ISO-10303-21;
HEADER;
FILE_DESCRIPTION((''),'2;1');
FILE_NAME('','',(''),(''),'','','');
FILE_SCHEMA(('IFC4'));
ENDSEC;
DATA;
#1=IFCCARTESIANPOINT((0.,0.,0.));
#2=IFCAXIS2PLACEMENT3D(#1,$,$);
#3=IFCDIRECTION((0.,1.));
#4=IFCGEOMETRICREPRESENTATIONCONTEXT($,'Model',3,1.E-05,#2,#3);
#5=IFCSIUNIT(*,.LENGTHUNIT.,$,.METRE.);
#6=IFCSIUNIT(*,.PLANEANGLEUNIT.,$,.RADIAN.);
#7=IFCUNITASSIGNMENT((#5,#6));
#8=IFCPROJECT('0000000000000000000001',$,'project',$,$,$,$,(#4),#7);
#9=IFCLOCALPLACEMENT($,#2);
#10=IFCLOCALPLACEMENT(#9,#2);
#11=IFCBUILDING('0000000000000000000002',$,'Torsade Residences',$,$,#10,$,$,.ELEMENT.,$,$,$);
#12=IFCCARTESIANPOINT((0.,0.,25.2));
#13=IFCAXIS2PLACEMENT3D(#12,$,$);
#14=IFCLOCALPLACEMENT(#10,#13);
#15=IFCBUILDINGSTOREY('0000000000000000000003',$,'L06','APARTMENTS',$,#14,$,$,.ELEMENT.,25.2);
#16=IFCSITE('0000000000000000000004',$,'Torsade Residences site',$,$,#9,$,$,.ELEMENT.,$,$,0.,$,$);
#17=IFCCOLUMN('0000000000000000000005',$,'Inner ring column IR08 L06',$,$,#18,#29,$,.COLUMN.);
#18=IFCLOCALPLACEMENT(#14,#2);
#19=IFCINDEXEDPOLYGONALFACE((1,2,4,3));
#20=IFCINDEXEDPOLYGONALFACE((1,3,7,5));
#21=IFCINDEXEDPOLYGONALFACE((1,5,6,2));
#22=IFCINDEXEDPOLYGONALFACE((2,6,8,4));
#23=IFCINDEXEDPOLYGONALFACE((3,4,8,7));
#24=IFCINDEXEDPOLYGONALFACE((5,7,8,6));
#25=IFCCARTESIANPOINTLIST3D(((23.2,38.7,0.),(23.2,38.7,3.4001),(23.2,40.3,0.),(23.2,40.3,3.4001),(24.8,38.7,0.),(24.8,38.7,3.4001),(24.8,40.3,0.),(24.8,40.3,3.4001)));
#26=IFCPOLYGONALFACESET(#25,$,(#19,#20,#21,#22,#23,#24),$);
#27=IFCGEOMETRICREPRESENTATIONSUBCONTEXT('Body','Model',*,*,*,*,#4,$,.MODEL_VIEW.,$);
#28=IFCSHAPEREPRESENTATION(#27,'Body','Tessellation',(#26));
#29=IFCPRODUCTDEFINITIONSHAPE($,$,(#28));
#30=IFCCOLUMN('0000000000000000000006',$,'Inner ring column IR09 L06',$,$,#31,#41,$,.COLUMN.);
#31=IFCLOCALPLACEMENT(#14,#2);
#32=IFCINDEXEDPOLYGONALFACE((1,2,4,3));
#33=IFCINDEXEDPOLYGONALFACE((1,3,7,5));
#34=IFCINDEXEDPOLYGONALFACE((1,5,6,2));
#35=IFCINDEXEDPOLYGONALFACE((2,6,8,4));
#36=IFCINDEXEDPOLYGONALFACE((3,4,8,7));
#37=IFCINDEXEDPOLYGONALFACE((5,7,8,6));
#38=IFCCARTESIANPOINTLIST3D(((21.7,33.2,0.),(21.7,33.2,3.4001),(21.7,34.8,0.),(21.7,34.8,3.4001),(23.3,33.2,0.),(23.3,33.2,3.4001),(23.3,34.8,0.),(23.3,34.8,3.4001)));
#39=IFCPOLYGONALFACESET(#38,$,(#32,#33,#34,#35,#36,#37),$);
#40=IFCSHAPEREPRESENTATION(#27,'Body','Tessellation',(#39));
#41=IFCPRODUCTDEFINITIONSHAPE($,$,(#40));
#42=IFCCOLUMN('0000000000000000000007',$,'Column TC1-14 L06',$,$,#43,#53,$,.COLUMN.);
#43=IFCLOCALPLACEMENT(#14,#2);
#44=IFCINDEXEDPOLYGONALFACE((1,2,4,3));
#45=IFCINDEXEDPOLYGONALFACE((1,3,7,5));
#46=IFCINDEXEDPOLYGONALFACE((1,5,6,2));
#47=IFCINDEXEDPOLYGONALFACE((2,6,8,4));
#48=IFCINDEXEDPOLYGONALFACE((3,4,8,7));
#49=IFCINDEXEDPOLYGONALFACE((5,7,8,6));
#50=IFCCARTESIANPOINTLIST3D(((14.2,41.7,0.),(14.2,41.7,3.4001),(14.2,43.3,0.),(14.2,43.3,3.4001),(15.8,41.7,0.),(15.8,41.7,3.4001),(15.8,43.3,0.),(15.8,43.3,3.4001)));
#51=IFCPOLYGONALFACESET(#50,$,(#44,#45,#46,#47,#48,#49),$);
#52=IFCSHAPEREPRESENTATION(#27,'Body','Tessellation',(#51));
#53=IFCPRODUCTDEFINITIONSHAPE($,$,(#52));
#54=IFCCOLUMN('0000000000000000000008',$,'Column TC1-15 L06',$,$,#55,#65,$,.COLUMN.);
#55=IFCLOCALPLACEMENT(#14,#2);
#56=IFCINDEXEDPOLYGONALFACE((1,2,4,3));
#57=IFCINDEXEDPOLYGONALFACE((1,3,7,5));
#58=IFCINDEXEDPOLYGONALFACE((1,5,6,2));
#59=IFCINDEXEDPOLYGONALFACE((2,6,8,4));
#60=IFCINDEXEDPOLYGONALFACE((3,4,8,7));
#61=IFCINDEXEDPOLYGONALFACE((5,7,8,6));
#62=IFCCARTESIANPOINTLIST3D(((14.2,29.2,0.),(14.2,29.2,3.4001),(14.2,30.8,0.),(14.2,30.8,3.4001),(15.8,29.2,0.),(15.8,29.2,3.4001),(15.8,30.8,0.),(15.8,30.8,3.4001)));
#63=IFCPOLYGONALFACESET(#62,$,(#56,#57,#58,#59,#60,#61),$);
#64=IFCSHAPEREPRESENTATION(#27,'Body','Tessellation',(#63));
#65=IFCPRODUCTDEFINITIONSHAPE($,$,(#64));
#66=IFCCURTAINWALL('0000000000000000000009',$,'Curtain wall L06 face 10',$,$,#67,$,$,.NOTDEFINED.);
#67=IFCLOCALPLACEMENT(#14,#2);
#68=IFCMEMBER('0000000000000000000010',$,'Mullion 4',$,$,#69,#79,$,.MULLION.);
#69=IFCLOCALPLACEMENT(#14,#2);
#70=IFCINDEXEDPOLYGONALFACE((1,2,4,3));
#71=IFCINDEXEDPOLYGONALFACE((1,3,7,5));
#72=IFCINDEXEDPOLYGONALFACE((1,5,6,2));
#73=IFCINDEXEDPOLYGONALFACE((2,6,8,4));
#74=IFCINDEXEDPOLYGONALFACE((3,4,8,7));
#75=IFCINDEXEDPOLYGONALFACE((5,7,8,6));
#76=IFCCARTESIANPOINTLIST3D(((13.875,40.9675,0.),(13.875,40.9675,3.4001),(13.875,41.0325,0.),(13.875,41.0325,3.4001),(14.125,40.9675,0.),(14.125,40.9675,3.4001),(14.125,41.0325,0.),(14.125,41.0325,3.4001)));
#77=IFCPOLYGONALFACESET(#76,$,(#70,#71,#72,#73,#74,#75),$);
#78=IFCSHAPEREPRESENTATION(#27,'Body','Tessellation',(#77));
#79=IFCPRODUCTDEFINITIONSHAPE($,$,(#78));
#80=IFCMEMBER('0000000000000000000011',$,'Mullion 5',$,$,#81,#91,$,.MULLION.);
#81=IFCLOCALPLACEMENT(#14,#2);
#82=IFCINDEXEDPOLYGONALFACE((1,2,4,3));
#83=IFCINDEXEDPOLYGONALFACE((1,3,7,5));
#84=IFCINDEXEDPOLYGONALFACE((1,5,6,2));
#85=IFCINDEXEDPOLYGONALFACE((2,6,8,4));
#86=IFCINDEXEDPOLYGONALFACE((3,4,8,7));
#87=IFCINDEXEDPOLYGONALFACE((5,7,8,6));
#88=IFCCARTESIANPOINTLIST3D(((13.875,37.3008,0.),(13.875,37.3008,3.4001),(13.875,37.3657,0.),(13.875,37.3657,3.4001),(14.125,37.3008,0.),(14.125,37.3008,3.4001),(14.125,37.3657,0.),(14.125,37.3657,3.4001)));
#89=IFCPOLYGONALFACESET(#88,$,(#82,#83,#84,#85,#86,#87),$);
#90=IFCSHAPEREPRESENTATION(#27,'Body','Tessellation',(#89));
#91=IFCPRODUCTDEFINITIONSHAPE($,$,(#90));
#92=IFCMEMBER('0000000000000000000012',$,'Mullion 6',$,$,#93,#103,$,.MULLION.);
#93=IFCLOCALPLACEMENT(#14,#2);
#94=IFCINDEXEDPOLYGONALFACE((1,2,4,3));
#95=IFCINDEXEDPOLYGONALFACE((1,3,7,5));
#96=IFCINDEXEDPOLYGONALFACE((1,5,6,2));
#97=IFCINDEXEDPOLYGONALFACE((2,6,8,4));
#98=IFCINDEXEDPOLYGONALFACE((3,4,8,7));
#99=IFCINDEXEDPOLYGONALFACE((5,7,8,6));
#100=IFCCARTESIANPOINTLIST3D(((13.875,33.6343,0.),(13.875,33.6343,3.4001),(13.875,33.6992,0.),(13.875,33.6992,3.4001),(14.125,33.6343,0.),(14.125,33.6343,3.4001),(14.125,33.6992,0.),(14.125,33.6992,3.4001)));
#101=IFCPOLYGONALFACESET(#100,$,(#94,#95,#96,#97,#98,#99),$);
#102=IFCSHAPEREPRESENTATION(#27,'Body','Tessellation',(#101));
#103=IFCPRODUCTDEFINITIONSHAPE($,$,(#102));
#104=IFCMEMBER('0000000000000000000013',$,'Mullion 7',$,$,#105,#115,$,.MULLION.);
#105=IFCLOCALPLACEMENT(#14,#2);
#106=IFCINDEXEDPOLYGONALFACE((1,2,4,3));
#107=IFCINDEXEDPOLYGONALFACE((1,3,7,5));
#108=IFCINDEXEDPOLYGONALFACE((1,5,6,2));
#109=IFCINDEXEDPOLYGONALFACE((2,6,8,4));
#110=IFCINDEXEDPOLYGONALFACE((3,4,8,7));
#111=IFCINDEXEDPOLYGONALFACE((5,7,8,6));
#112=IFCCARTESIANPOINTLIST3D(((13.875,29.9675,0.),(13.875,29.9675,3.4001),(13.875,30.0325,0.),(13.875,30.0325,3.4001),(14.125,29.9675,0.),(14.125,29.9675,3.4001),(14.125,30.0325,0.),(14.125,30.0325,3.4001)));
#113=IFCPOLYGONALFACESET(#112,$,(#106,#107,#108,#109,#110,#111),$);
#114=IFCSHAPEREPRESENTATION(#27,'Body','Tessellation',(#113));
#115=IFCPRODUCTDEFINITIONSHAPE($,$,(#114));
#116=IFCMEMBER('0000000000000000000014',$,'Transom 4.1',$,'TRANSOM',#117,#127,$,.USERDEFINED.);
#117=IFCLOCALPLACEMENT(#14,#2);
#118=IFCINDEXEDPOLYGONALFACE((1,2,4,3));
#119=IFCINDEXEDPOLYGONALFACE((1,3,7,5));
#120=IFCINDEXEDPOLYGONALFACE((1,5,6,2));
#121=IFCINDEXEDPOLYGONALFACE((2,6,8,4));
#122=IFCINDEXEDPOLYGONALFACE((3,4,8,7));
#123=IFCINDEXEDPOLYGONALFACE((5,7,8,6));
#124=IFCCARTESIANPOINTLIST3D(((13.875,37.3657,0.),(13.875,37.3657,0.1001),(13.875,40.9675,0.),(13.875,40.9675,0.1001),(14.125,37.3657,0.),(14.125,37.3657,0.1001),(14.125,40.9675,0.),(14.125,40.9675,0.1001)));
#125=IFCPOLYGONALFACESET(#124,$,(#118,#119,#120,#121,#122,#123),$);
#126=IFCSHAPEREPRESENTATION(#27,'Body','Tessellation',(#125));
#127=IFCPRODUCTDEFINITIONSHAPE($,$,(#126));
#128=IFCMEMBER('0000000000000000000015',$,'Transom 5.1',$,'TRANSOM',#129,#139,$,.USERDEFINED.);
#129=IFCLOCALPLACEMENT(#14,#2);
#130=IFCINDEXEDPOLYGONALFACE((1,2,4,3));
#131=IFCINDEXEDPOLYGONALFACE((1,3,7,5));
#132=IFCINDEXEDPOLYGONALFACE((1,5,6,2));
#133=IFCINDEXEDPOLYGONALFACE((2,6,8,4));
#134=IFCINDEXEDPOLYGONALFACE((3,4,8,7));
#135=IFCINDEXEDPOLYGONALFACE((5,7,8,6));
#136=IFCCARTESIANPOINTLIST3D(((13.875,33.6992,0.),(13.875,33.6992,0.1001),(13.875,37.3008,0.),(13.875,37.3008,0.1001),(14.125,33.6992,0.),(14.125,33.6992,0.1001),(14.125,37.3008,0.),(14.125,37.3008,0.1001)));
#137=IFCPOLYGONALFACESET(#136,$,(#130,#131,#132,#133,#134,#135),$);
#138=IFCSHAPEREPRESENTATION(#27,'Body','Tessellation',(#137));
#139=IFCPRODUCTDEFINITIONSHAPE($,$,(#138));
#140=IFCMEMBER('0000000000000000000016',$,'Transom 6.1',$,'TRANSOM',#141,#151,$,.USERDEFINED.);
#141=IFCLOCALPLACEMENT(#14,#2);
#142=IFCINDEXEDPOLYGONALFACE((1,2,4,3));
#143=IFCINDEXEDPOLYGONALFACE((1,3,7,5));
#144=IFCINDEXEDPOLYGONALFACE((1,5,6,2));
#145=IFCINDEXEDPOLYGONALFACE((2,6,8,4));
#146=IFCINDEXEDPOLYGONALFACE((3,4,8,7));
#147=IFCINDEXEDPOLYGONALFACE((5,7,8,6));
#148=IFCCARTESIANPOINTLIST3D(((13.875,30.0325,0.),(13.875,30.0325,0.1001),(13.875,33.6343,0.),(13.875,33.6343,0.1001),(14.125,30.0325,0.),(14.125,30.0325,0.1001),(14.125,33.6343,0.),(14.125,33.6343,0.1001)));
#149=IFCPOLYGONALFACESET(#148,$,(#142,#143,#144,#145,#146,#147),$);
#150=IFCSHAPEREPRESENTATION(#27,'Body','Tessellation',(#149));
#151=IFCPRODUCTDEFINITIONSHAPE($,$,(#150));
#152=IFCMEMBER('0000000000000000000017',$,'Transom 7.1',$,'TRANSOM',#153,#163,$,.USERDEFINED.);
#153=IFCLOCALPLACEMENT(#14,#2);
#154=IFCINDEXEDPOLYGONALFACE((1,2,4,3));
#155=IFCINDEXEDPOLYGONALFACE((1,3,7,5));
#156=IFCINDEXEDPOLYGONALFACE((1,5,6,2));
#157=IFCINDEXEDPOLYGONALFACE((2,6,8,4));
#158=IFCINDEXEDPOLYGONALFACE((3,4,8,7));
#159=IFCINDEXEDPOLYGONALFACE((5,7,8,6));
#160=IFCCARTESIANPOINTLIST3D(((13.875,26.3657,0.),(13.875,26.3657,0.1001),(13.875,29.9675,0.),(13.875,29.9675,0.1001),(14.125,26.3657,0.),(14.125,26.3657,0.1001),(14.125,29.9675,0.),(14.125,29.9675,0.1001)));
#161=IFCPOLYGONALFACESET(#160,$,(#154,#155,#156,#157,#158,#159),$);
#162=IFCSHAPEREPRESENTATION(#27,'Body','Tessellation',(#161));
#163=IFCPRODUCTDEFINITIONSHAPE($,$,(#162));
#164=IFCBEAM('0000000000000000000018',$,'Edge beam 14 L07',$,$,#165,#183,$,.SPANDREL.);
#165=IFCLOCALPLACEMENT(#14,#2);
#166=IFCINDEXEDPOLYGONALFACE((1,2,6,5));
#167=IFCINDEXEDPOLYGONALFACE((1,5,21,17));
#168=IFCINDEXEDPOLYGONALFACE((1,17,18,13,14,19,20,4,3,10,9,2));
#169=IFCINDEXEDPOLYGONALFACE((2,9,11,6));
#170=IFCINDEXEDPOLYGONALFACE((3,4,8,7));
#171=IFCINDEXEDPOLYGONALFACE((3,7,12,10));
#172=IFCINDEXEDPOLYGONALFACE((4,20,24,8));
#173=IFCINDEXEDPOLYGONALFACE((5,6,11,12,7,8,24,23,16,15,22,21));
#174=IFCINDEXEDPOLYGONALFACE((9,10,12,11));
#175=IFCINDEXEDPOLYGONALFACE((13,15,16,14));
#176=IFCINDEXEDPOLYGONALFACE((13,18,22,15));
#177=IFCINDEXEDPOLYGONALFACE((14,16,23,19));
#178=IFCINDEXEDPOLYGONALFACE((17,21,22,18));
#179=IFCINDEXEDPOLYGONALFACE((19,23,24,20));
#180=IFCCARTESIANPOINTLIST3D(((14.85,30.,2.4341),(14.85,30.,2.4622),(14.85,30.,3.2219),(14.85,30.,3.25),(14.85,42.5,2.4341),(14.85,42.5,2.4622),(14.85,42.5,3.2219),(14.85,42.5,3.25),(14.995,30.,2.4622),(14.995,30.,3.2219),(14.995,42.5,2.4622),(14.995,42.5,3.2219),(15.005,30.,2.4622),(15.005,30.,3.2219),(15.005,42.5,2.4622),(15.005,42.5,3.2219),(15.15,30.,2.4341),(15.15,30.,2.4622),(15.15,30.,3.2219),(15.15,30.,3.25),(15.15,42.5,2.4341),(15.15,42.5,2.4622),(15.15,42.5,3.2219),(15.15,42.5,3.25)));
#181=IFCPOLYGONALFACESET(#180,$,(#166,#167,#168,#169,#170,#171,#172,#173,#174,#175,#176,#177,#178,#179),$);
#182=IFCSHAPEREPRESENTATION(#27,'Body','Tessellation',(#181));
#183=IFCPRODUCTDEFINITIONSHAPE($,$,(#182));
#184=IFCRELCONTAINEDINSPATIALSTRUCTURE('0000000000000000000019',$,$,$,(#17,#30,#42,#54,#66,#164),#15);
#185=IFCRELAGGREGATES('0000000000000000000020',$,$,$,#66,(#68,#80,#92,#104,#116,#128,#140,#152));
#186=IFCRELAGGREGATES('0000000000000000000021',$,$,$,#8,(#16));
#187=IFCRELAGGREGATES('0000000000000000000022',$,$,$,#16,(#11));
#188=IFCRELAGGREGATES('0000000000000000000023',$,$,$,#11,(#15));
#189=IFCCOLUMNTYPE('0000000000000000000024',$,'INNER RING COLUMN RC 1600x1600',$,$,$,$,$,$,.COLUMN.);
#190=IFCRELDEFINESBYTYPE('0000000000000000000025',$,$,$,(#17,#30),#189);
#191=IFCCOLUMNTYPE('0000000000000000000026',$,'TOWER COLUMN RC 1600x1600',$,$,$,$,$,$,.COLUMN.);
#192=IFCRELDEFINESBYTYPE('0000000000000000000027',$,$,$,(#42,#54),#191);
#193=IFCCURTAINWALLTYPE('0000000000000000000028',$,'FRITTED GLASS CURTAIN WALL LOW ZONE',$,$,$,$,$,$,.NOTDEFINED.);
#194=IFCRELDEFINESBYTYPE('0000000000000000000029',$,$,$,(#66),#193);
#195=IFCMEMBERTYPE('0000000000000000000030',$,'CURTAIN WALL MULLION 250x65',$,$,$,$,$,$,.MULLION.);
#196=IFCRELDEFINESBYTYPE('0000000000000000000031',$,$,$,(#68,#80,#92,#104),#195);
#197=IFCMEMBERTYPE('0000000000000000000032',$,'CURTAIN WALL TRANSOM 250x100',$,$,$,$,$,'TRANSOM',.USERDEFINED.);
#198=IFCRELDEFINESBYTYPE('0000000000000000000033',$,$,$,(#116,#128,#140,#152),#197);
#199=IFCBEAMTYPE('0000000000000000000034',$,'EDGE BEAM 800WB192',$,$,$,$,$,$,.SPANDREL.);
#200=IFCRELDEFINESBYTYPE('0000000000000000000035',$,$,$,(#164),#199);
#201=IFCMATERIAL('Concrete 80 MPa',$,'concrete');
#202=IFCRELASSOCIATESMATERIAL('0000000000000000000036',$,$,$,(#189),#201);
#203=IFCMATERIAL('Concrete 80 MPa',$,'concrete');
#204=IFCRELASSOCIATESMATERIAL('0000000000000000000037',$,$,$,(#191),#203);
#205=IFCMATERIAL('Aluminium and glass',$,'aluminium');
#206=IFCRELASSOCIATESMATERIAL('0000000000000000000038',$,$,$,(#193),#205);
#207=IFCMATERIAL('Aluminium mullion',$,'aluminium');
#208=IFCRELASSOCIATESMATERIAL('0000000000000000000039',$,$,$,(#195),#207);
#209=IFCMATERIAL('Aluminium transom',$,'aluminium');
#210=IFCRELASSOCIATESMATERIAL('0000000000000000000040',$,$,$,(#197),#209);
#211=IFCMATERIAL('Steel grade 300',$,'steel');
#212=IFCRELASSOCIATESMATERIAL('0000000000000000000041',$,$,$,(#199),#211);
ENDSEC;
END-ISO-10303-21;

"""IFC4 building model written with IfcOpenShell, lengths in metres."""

from ifc_helpers import new_model, si_unit, direction, frame, origin, origin_2d, place, context, subcontext, project, spatial, rectangle, i_section, extrude, material, material_profile, profile_set, type_object, element, aggregate, save


model = new_model("IFC4")

# Units and contexts
model_context = context("Model", 3, precision=1e-05, world=origin(), true_north=direction((0.0, 1.0)))
body_context = subcontext(model_context, "Body", "Model", "MODEL_VIEW")
ifc_project = project(units=[si_unit("LENGTHUNIT", "METRE"), si_unit("PLANEANGLEUNIT", "RADIAN")], contexts=[model_context])

# Site, building, storey
site_placement = place(None, origin())
site = spatial("IfcSite", under=ifc_project, at=site_placement, Name="Torsade Residences site", CompositionType="ELEMENT", RefElevation=0.0)
building_placement = place(site_placement, origin())
building = spatial("IfcBuilding", under=site, at=building_placement, Name="Torsade Residences", CompositionType="ELEMENT")
storey_placement = place(building_placement, frame((0.0, 0.0, 25.2)))
storey = spatial("IfcBuildingStorey", under=building, at=storey_placement, Name="L06", Description="APARTMENTS", CompositionType="ELEMENT", Elevation=25.2)

# Columns
ifc_material_1 = material(Name="Concrete 80 MPa", Category="concrete")
ifc_material_profile_1 = material_profile(ifc_material_1, rectangle(XDim=1.6001, YDim=1.6001, at=origin_2d()), Name="RC 1600x1600")
ifc_profile_set_1 = profile_set([ifc_material_profile_1], Name="Concrete 80 MPa")
column_type_1 = type_object("IfcColumnType", Name="INNER RING COLUMN RC 1600x1600", PredefinedType="COLUMN", material=ifc_profile_set_1)
for number, where, z_axis, x_axis, name in (
    (1, (24.0, 39.5, 0.0), (0.0, 0.0, 1.0), (1.0, 0.0, 0.0), "Inner ring column IR08 L06"),
    (2, (22.5, 34.0, 0.0), (0.0, 0.0, 1.0), (1.0, 0.0, 0.0), "Inner ring column IR09 L06"),
):
    element("IfcColumn", number, at=place(storey_placement, frame(where, z_axis=z_axis, x_axis=x_axis)), inside=storey, type_object=column_type_1, Name=name, PredefinedType="COLUMN", context=body_context, shape_type="SweptSolid", body=[
        extrude(rectangle(XDim=1.6001, YDim=1.6001, at=origin_2d()), origin(), (0.0, 0.0, 1.0), 3.4001),
    ])
ifc_material_2 = material(Name="Concrete 80 MPa", Category="concrete")
ifc_material_profile_2 = material_profile(ifc_material_2, rectangle(XDim=1.6001, YDim=1.6001, at=origin_2d()), Name="RC 1600x1600")
ifc_profile_set_2 = profile_set([ifc_material_profile_2], Name="Concrete 80 MPa")
column_type_2 = type_object("IfcColumnType", Name="TOWER COLUMN RC 1600x1600", PredefinedType="COLUMN", material=ifc_profile_set_2)
for number, where, z_axis, x_axis, name in (
    (3, (15.0, 42.5, 0.0), (0.0, 0.0, 1.0), (1.0, 0.0, 0.0), "Column TC1-14 L06"),
    (4, (15.0, 30.0, 0.0), (0.0, 0.0, 1.0), (1.0, 0.0, 0.0), "Column TC1-15 L06"),
):
    element("IfcColumn", number, at=place(storey_placement, frame(where, z_axis=z_axis, x_axis=x_axis)), inside=storey, type_object=column_type_2, Name=name, PredefinedType="COLUMN", context=body_context, shape_type="SweptSolid", body=[
        extrude(rectangle(XDim=1.6001, YDim=1.6001, at=origin_2d()), origin(), (0.0, 0.0, 1.0), 3.4001),
    ])

# Curtain wall, members
ifc_material_3 = material(Name="Aluminium and glass", Category="aluminium")
curtain_wall_type = type_object("IfcCurtainWallType", Name="FRITTED GLASS CURTAIN WALL LOW ZONE", PredefinedType="NOTDEFINED", material=ifc_material_3)
curtain_wall_placement = place(storey_placement, origin())
curtain_wall = element("IfcCurtainWall", 5, at=curtain_wall_placement, inside=storey, type_object=curtain_wall_type, Name="Curtain wall L06 face 10", PredefinedType="NOTDEFINED")
ifc_material_4 = material(Name="Aluminium mullion", Category="aluminium")
ifc_material_profile_3 = material_profile(ifc_material_4, rectangle(XDim=0.25, YDim=0.0649, at=origin_2d()), Name="CURTAIN WALL MULLION 250x65")
ifc_profile_set_3 = profile_set([ifc_material_profile_3], Name="Aluminium mullion")
member_type_1 = type_object("IfcMemberType", Name="CURTAIN WALL MULLION 250x65", PredefinedType="MULLION", material=ifc_profile_set_3)
member_1_placement = place(storey_placement, frame((14.0, 41.0, 0.0), z_axis=(0.0, 0.0, 1.0), x_axis=(1.0, 0.0, 0.0)))
member_1 = element("IfcMember", 6, at=member_1_placement, type_object=member_type_1, Name="Mullion 4", PredefinedType="MULLION", context=body_context, shape_type="SweptSolid", body=[
    extrude(rectangle(XDim=0.25, YDim=0.0649, at=origin_2d()), origin(), (0.0, 0.0, 1.0), 3.4001),
])
member_2_placement = place(storey_placement, frame((14.0, 37.3333, 0.0), z_axis=(0.0, 0.0, 1.0), x_axis=(1.0, 0.0, 0.0)))
member_2 = element("IfcMember", 7, at=member_2_placement, type_object=member_type_1, Name="Mullion 5", PredefinedType="MULLION", context=body_context, shape_type="SweptSolid", body=[
    extrude(rectangle(XDim=0.25, YDim=0.0649, at=origin_2d()), origin(), (0.0, 0.0, 1.0), 3.4001),
])
member_3_placement = place(storey_placement, frame((14.0, 33.6667, 0.0), z_axis=(0.0, 0.0, 1.0), x_axis=(1.0, 0.0, 0.0)))
member_3 = element("IfcMember", 8, at=member_3_placement, type_object=member_type_1, Name="Mullion 6", PredefinedType="MULLION", context=body_context, shape_type="SweptSolid", body=[
    extrude(rectangle(XDim=0.25, YDim=0.0649, at=origin_2d()), origin(), (0.0, 0.0, 1.0), 3.4001),
])
member_4_placement = place(storey_placement, frame((14.0, 30.0, 0.0), z_axis=(0.0, 0.0, 1.0), x_axis=(1.0, 0.0, 0.0)))
member_4 = element("IfcMember", 9, at=member_4_placement, type_object=member_type_1, Name="Mullion 7", PredefinedType="MULLION", context=body_context, shape_type="SweptSolid", body=[
    extrude(rectangle(XDim=0.25, YDim=0.0649, at=origin_2d()), origin(), (0.0, 0.0, 1.0), 3.4001),
])
ifc_material_5 = material(Name="Aluminium transom", Category="aluminium")
ifc_material_profile_4 = material_profile(ifc_material_5, rectangle(XDim=0.25, YDim=0.1001, at=origin_2d()), Name="CURTAIN WALL TRANSOM 250x100")
ifc_profile_set_4 = profile_set([ifc_material_profile_4], Name="Aluminium transom")
member_type_2 = type_object("IfcMemberType", Name="CURTAIN WALL TRANSOM 250x100", ElementType="TRANSOM", PredefinedType="USERDEFINED", material=ifc_profile_set_4)
member_5_placement = place(storey_placement, frame((14.0, 40.9675, 0.05), z_axis=(0.0, -1.0, 0.0), x_axis=(1.0, 0.0, 0.0)))
member_5 = element("IfcMember", 10, at=member_5_placement, type_object=member_type_2, Name="Transom 4.1", ObjectType="TRANSOM", PredefinedType="USERDEFINED", context=body_context, shape_type="SweptSolid", body=[
    extrude(rectangle(XDim=0.25, YDim=0.1001, at=origin_2d()), origin(), (0.0, 0.0, 1.0), 3.6018),
])
member_6_placement = place(storey_placement, frame((14.0, 37.3008, 0.05), z_axis=(0.0, -1.0, 0.0), x_axis=(1.0, 0.0, 0.0)))
member_6 = element("IfcMember", 11, at=member_6_placement, type_object=member_type_2, Name="Transom 5.1", ObjectType="TRANSOM", PredefinedType="USERDEFINED", context=body_context, shape_type="SweptSolid", body=[
    extrude(rectangle(XDim=0.25, YDim=0.1001, at=origin_2d()), origin(), (0.0, 0.0, 1.0), 3.6016),
])
member_7_placement = place(storey_placement, frame((14.0, 33.6343, 0.05), z_axis=(0.0, -1.0, 0.0), x_axis=(1.0, 0.0, 0.0)))
member_7 = element("IfcMember", 12, at=member_7_placement, type_object=member_type_2, Name="Transom 6.1", ObjectType="TRANSOM", PredefinedType="USERDEFINED", context=body_context, shape_type="SweptSolid", body=[
    extrude(rectangle(XDim=0.25, YDim=0.1001, at=origin_2d()), origin(), (0.0, 0.0, 1.0), 3.6018),
])
member_8_placement = place(storey_placement, frame((14.0, 29.9675, 0.05), z_axis=(0.0, -1.0, 0.0), x_axis=(1.0, 0.0, 0.0)))
member_8 = element("IfcMember", 13, at=member_8_placement, type_object=member_type_2, Name="Transom 7.1", ObjectType="TRANSOM", PredefinedType="USERDEFINED", context=body_context, shape_type="SweptSolid", body=[
    extrude(rectangle(XDim=0.25, YDim=0.1001, at=origin_2d()), origin(), (0.0, 0.0, 1.0), 3.6018),
])

# Beam
ifc_material_6 = material(Name="Steel grade 300", Category="steel")
ifc_material_profile_5 = material_profile(ifc_material_6, i_section(OverallWidth=0.3, OverallDepth=0.8159, WebThickness=0.01, FlangeThickness=0.0281, at=origin_2d()), Name="800WB192")
ifc_profile_set_5 = profile_set([ifc_material_profile_5], Name="Steel grade 300")
beam_type_1 = type_object("IfcBeamType", Name="EDGE BEAM 800WB192", PredefinedType="SPANDREL", material=ifc_profile_set_5)
for number, where, z_axis, x_axis, name in (
    (14, (15.0, 42.5, 2.842), (0.0, -1.0, 0.0), (1.0, 0.0, 0.0), "Edge beam 14 L07"),
):
    element("IfcBeam", number, at=place(storey_placement, frame(where, z_axis=z_axis, x_axis=x_axis)), inside=storey, type_object=beam_type_1, Name=name, PredefinedType="SPANDREL", context=body_context, shape_type="SweptSolid", body=[
        extrude(i_section(OverallWidth=0.3, OverallDepth=0.8159, WebThickness=0.01, FlangeThickness=0.0281, at=origin_2d()), origin(), (0.0, 0.0, 1.0), 12.5),
    ])

aggregate(curtain_wall, [member_1, member_2, member_3, member_4, member_5, member_6, member_7, member_8])

save(model, "model.ifc")
